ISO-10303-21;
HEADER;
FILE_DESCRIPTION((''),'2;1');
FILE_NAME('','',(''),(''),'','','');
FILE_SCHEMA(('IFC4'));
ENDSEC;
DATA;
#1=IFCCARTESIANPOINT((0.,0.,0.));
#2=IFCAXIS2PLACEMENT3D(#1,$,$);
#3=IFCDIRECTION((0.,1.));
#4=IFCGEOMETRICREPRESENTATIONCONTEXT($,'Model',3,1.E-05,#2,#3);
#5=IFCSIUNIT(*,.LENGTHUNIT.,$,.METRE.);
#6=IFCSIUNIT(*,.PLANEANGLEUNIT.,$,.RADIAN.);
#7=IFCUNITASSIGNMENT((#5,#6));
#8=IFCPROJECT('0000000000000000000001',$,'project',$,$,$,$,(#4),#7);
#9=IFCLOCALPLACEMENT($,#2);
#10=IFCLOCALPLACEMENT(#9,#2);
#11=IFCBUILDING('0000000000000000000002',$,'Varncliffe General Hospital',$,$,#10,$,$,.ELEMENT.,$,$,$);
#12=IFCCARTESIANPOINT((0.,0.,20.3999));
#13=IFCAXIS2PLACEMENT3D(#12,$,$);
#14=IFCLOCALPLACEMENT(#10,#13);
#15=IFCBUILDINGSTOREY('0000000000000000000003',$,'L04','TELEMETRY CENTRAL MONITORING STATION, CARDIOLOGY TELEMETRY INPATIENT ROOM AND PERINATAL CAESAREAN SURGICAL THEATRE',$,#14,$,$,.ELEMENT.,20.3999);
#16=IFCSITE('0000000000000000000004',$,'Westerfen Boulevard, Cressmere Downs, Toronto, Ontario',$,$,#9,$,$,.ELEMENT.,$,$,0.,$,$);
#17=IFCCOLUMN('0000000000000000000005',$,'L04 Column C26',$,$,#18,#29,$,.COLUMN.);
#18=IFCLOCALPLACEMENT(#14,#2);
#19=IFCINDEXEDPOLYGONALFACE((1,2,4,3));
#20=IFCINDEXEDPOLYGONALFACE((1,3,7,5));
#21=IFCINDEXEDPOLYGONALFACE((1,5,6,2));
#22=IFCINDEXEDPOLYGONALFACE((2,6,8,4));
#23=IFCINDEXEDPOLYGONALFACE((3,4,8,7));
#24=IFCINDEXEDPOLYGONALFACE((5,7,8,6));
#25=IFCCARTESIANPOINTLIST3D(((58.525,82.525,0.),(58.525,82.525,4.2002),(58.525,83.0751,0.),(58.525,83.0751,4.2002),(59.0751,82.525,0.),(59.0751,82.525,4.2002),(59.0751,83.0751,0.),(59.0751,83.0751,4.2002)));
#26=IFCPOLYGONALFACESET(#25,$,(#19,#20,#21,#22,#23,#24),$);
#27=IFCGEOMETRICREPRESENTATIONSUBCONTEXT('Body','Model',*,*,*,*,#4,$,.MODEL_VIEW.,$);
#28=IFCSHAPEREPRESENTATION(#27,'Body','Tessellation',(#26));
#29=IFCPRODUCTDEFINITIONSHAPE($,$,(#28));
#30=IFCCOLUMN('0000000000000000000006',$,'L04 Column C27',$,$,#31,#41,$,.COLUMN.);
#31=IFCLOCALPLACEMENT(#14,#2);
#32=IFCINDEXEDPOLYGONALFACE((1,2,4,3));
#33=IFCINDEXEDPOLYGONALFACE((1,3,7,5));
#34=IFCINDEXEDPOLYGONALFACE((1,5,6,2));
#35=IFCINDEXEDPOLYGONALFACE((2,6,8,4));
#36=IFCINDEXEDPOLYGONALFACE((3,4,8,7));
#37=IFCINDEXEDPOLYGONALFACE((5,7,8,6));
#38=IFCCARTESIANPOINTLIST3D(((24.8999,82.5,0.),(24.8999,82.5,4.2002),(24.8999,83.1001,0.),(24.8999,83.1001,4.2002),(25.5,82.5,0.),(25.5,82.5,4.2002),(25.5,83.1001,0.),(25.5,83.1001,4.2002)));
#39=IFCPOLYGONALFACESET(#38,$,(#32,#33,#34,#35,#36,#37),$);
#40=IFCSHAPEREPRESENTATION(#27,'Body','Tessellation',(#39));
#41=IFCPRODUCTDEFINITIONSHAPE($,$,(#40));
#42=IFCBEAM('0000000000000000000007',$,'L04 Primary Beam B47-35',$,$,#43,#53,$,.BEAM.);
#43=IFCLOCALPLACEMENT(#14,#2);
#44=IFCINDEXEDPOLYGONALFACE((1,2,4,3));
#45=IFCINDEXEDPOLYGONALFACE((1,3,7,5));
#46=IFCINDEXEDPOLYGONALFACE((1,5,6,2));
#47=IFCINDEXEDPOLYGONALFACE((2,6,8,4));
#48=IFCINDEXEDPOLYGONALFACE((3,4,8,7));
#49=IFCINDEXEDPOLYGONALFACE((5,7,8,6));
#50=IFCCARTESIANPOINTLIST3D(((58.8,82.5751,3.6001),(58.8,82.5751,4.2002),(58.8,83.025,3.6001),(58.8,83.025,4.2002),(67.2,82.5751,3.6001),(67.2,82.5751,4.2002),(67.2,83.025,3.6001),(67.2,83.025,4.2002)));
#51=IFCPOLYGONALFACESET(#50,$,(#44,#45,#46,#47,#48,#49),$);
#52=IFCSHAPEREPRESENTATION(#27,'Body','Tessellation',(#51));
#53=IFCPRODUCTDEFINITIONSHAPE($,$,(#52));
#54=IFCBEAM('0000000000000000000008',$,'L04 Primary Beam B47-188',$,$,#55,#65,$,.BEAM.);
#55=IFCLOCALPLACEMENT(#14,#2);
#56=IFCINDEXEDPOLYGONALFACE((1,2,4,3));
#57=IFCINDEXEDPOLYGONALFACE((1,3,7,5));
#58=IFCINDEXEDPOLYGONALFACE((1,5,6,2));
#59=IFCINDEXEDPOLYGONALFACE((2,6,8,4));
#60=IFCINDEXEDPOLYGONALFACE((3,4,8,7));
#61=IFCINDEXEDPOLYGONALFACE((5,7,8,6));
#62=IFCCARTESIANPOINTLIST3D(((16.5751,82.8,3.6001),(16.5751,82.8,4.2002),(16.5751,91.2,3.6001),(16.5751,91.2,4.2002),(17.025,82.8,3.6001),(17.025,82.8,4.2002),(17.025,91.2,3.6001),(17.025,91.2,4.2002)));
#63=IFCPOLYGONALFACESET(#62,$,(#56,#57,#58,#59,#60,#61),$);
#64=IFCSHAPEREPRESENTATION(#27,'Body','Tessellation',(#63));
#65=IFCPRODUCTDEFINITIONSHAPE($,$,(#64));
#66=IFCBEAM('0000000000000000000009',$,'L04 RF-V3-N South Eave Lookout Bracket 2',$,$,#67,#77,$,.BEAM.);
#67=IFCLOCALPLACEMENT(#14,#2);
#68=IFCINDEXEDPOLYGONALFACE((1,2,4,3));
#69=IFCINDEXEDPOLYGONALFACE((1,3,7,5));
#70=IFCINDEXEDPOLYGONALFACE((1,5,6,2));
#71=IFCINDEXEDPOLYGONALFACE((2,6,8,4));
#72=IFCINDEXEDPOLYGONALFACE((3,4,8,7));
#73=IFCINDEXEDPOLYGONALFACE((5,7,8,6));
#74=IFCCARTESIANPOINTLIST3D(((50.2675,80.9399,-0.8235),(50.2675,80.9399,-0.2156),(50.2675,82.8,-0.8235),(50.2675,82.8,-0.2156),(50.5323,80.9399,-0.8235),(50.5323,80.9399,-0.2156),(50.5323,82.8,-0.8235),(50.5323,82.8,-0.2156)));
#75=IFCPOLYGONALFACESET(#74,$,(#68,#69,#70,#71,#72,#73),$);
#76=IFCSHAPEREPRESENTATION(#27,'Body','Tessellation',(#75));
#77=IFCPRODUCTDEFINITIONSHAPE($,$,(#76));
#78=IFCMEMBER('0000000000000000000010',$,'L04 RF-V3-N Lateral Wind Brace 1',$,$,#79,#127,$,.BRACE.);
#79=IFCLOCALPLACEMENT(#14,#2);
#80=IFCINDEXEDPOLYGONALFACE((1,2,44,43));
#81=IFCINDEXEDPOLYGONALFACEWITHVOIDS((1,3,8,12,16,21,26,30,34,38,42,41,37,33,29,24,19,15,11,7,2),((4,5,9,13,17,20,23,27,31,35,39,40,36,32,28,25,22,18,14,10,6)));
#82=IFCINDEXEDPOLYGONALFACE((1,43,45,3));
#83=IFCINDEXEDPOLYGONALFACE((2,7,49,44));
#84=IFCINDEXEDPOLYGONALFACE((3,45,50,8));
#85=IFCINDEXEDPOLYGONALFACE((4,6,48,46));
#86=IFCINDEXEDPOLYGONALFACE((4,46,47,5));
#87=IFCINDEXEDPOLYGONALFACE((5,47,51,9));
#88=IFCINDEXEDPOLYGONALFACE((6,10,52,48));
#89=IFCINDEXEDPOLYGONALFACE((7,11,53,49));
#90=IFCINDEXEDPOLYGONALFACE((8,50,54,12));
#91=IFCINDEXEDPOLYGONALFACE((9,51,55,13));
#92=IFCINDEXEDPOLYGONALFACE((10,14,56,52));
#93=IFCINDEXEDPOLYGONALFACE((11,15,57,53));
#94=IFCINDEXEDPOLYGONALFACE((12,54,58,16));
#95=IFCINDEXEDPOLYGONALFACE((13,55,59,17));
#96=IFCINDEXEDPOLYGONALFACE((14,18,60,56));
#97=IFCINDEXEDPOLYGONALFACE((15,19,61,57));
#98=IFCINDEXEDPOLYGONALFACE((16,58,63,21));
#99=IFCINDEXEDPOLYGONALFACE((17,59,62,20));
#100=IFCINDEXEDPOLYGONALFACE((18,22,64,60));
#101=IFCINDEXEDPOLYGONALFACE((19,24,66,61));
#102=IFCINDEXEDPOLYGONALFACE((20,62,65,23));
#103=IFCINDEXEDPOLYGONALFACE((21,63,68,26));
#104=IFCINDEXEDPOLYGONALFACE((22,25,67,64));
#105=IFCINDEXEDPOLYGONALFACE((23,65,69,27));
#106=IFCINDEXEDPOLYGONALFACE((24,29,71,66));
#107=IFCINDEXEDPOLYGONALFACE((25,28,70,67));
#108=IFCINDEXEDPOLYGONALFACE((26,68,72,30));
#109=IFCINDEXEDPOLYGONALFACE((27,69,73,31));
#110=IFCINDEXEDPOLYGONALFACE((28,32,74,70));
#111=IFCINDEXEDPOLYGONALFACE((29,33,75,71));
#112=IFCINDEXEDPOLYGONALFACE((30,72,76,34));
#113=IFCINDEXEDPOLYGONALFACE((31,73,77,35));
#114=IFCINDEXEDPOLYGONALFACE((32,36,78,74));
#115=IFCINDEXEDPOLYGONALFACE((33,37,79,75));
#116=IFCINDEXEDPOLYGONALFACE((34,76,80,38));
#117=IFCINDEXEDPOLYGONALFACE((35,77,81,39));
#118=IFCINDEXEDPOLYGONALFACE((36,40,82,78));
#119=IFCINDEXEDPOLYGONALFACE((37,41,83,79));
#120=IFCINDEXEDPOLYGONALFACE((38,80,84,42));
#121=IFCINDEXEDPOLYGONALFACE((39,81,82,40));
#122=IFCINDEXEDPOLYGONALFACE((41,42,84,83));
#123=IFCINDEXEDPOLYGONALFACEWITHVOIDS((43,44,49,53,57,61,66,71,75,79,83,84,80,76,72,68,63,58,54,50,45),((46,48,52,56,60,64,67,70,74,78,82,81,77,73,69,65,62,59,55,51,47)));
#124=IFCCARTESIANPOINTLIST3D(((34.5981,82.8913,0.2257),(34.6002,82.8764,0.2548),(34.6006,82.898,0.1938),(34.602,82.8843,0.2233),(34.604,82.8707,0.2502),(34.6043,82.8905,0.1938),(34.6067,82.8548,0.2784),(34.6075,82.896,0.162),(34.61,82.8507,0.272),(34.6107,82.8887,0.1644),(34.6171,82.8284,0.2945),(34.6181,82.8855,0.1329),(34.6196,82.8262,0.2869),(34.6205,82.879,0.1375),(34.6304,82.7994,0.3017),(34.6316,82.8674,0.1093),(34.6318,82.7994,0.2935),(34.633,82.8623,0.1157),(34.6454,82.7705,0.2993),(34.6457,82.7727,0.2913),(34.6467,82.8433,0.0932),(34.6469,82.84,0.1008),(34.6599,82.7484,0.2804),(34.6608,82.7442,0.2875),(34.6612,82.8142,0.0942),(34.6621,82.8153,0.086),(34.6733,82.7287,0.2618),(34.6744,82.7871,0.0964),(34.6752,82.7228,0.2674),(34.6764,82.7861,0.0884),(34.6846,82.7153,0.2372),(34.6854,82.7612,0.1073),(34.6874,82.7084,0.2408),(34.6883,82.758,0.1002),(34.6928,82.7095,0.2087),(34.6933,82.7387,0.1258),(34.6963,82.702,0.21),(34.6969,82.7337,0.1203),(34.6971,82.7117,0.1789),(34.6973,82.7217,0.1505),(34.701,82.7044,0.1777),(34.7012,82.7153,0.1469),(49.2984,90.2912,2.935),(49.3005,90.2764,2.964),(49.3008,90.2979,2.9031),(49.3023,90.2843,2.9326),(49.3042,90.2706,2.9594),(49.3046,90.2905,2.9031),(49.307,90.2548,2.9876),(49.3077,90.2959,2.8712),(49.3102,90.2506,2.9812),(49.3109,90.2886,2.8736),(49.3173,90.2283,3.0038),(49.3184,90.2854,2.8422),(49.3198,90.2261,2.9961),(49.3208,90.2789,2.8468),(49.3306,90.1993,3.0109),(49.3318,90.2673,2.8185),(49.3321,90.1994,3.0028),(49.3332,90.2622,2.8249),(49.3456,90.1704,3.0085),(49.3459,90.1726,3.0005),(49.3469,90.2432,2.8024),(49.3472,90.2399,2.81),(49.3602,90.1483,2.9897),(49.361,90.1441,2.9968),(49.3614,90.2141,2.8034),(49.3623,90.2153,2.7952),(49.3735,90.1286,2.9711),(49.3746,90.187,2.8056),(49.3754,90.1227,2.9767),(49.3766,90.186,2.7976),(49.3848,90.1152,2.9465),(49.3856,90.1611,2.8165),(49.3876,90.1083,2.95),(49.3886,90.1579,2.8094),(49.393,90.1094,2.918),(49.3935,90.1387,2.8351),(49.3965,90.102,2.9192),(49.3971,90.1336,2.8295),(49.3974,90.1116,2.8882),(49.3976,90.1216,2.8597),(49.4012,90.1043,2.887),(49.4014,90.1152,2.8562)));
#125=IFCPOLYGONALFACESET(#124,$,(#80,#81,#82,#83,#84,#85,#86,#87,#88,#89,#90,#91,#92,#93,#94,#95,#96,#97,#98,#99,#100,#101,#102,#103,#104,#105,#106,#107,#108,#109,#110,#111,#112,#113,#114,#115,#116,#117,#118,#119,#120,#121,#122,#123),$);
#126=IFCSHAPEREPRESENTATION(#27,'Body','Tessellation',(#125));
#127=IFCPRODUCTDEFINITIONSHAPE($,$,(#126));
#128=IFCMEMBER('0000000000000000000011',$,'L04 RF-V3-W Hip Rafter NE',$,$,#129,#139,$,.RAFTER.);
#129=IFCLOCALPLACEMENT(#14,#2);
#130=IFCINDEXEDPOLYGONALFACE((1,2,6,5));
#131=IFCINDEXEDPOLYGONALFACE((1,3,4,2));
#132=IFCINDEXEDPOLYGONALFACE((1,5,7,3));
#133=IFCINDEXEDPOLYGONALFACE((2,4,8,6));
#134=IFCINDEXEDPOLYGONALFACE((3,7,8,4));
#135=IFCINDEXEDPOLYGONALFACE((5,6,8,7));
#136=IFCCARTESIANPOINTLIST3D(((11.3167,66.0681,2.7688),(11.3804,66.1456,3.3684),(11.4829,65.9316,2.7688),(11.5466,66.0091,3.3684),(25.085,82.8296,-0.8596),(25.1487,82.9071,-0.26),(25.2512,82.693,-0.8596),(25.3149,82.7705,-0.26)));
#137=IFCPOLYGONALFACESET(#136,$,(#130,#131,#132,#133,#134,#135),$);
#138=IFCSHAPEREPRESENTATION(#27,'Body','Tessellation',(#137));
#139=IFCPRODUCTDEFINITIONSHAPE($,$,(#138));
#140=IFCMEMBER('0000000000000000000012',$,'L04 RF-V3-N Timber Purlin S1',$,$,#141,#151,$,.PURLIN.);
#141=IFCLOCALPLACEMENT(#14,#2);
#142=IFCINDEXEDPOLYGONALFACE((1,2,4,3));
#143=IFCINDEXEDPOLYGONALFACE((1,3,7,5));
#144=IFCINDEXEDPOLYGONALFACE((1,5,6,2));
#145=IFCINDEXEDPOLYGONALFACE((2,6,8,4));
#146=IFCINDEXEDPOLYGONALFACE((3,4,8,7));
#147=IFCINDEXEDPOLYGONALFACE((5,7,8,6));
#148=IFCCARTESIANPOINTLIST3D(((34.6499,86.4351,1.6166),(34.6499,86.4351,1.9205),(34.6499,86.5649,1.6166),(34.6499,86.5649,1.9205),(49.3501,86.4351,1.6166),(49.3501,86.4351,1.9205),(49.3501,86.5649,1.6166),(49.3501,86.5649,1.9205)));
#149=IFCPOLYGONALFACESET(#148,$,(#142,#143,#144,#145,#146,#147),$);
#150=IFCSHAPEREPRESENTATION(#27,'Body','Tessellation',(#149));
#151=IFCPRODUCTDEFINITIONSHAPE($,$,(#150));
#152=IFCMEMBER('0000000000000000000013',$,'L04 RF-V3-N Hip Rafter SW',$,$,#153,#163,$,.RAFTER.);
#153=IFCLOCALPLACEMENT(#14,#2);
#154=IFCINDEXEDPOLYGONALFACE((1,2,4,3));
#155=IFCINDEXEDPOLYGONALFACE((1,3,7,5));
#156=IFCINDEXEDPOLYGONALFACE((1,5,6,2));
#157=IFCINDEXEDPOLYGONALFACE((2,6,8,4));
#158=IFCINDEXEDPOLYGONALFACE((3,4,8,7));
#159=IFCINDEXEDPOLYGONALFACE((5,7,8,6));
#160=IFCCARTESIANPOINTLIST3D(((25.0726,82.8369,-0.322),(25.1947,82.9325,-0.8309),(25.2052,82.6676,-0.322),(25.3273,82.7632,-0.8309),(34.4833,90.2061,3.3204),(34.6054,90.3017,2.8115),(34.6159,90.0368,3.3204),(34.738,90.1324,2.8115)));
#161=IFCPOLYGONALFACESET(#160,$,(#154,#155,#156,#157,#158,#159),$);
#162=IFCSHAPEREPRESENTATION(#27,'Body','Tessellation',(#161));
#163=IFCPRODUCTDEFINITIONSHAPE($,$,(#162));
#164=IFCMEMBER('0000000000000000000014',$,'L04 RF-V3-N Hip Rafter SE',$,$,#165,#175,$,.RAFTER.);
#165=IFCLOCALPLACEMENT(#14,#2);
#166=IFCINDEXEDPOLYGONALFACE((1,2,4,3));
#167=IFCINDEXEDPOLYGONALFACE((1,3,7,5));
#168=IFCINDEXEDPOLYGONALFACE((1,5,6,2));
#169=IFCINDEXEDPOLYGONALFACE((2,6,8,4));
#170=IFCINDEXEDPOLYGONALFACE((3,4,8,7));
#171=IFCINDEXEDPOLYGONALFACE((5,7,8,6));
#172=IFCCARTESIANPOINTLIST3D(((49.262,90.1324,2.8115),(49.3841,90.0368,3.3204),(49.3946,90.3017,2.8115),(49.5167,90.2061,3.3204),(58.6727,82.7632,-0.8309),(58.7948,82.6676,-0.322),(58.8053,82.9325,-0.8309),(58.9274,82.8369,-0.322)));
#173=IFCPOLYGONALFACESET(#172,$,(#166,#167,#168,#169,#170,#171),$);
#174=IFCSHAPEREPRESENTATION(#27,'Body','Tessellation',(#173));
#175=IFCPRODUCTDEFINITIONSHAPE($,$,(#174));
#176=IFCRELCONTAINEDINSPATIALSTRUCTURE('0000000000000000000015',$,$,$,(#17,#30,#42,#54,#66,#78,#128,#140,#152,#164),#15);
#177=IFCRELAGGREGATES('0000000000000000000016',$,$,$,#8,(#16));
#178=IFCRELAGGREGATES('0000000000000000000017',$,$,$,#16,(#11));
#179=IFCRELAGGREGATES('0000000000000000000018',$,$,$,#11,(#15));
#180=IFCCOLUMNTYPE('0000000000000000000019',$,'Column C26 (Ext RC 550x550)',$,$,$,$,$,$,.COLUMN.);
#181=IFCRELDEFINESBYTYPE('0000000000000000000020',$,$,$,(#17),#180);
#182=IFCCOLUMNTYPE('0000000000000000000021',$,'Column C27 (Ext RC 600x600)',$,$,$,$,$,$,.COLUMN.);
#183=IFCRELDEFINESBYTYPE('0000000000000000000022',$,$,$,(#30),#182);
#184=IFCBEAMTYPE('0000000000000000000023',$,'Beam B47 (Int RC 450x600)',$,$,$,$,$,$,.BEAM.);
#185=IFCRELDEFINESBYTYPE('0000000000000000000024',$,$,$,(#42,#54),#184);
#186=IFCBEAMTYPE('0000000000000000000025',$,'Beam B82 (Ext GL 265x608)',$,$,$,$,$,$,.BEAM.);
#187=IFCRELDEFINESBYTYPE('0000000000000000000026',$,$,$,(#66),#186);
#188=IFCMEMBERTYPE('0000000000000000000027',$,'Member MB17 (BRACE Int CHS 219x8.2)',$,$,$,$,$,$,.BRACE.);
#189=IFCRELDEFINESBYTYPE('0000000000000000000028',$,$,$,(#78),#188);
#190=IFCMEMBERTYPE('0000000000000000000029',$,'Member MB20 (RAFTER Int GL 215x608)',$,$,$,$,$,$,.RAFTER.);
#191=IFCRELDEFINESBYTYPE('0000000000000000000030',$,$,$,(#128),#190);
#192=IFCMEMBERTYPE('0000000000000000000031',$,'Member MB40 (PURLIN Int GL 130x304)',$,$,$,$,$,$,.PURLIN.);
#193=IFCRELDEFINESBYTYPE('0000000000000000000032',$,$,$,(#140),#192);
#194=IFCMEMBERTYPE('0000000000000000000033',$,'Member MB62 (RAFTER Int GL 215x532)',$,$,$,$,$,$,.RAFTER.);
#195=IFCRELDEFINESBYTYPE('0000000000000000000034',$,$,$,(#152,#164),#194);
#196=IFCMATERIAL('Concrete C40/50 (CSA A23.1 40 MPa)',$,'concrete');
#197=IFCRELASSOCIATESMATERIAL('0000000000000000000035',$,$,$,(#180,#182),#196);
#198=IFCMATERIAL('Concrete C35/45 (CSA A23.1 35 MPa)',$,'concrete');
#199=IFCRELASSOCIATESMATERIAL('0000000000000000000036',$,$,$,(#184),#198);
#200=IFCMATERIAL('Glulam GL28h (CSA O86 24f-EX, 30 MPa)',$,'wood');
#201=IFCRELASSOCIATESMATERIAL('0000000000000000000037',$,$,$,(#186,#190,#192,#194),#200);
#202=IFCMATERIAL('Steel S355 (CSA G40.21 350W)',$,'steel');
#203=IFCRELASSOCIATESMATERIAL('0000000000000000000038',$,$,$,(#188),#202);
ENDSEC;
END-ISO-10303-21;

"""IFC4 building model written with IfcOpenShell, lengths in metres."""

from ifc_helpers import new_model, si_unit, direction, frame, origin, origin_2d, place, context, subcontext, project, spatial, rectangle, hollow_circle, extrude, material, material_profile, profile_set, type_object, element, save


model = new_model("IFC4")

# Units and contexts
model_context = context("Model", 3, precision=1e-05, world=origin(), true_north=direction((0.0, 1.0)))
body_context = subcontext(model_context, "Body", "Model", "MODEL_VIEW")
ifc_project = project(units=[si_unit("LENGTHUNIT", "METRE"), si_unit("PLANEANGLEUNIT", "RADIAN")], contexts=[model_context])

# Site, building, storey
site_placement = place(None, origin())
site = spatial("IfcSite", under=ifc_project, at=site_placement, Name="Westerfen Boulevard, Cressmere Downs, Toronto, Ontario", CompositionType="ELEMENT", RefElevation=0.0)
building_placement = place(site_placement, origin())
building = spatial("IfcBuilding", under=site, at=building_placement, Name="Varncliffe General Hospital", CompositionType="ELEMENT")
storey_placement = place(building_placement, frame((0.0, 0.0, 20.3999)))
storey = spatial("IfcBuildingStorey", under=building, at=storey_placement, Name="L04", Description="TELEMETRY CENTRAL MONITORING STATION, CARDIOLOGY TELEMETRY INPATIENT ROOM AND PERINATAL CAESAREAN SURGICAL THEATRE", CompositionType="ELEMENT", Elevation=20.3999)

# Columns
ifc_material_1 = material(Name="Concrete C40/50 (CSA A23.1 40 MPa)", Category="concrete")
ifc_material_profile_1 = material_profile(ifc_material_1, rectangle(XDim=0.55, YDim=0.55, at=origin_2d()), Name="RC 550x550")
ifc_profile_set_1 = profile_set([ifc_material_profile_1], Name="Concrete C40/50 (CSA A23.1 40 MPa)")
column_type_1 = type_object("IfcColumnType", Name="Column C26 (Ext RC 550x550)", PredefinedType="COLUMN", material=ifc_profile_set_1)
column_1_placement = place(storey_placement, frame((58.8, 82.8, 0.0), z_axis=(0.0, 0.0, 1.0), x_axis=(1.0, 0.0, 0.0)))
element("IfcColumn", 1, at=column_1_placement, inside=storey, type_object=column_type_1, Name="L04 Column C26", PredefinedType="COLUMN", context=body_context, shape_type="SweptSolid", body=[
    extrude(rectangle(XDim=0.55, YDim=0.55, at=origin_2d()), origin(), (0.0, 0.0, 1.0), 4.2002),
])
ifc_material_profile_2 = material_profile(ifc_material_1, rectangle(XDim=0.6001, YDim=0.6001, at=origin_2d()), Name="RC 600x600")
ifc_profile_set_2 = profile_set([ifc_material_profile_2], Name="Concrete C40/50 (CSA A23.1 40 MPa)")
column_type_2 = type_object("IfcColumnType", Name="Column C27 (Ext RC 600x600)", PredefinedType="COLUMN", material=ifc_profile_set_2)
column_2_placement = place(storey_placement, frame((25.2, 82.8, 0.0), z_axis=(0.0, 0.0, 1.0), x_axis=(1.0, 0.0, 0.0)))
element("IfcColumn", 2, at=column_2_placement, inside=storey, type_object=column_type_2, Name="L04 Column C27", PredefinedType="COLUMN", context=body_context, shape_type="SweptSolid", body=[
    extrude(rectangle(XDim=0.6001, YDim=0.6001, at=origin_2d()), origin(), (0.0, 0.0, 1.0), 4.2002),
])

# Beams
ifc_material_2 = material(Name="Concrete C35/45 (CSA A23.1 35 MPa)", Category="concrete")
ifc_material_profile_3 = material_profile(ifc_material_2, rectangle(XDim=0.45, YDim=0.6001, at=origin_2d()), Name="RC 450x600")
ifc_profile_set_3 = profile_set([ifc_material_profile_3], Name="Concrete C35/45 (CSA A23.1 35 MPa)")
beam_type_1 = type_object("IfcBeamType", Name="Beam B47 (Int RC 450x600)", PredefinedType="BEAM", material=ifc_profile_set_3)
for number, where, z_axis, x_axis, name in (
    (3, (58.8, 82.8, 3.9001), (1.0, 0.0, 0.0), (0.0, 1.0, 0.0), "L04 Primary Beam B47-35"),
    (4, (16.8, 82.8, 3.9001), (0.0, 1.0, 0.0), (-1.0, 0.0, 0.0), "L04 Primary Beam B47-188"),
):
    element("IfcBeam", number, at=place(storey_placement, frame(where, z_axis=z_axis, x_axis=x_axis)), inside=storey, type_object=beam_type_1, Name=name, PredefinedType="BEAM", context=body_context, shape_type="SweptSolid", body=[
        extrude(rectangle(XDim=0.45, YDim=0.6001, at=origin_2d()), origin(), (0.0, 0.0, 1.0), 8.3999),
    ])
ifc_material_3 = material(Name="Glulam GL28h (CSA O86 24f-EX, 30 MPa)", Category="wood")
ifc_material_profile_4 = material_profile(ifc_material_3, rectangle(XDim=0.2649, YDim=0.6079, at=origin_2d()), Name="GL 265x608")
ifc_profile_set_4 = profile_set([ifc_material_profile_4], Name="Glulam GL28h (CSA O86 24f-EX, 30 MPa)")
beam_type_2 = type_object("IfcBeamType", Name="Beam B82 (Ext GL 265x608)", PredefinedType="BEAM", material=ifc_profile_set_4)
beam_placement = place(storey_placement, frame((50.3999, 80.9399, -0.5195), z_axis=(0.0, 1.0, 0.0), x_axis=(-1.0, 0.0, 0.0)))
element("IfcBeam", 5, at=beam_placement, inside=storey, type_object=beam_type_2, Name="L04 RF-V3-N South Eave Lookout Bracket 2", PredefinedType="BEAM", context=body_context, shape_type="SweptSolid", body=[
    extrude(rectangle(XDim=0.2649, YDim=0.6079, at=origin_2d()), origin(), (0.0, 0.0, 1.0), 1.8601),
])

# Members
ifc_material_4 = material(Name="Steel S355 (CSA G40.21 350W)", Category="steel")
ifc_material_profile_5 = material_profile(ifc_material_4, hollow_circle(Radius=0.1096, WallThickness=0.0083, at=origin_2d()), Name="CHS 219x8.2")
ifc_profile_set_5 = profile_set([ifc_material_profile_5], Name="Steel S355 (CSA G40.21 350W)")
member_type_1 = type_object("IfcMemberType", Name="Member MB17 (BRACE Int CHS 219x8.2)", PredefinedType="BRACE", material=ifc_profile_set_5)
member_1_placement = place(storey_placement, frame((34.6499, 82.8, 0.1938), z_axis=(0.881351, 0.443662, 0.162432), x_axis=(-0.449633, 0.893213, 0.0)))
element("IfcMember", 6, at=member_1_placement, inside=storey, type_object=member_type_1, Name="L04 RF-V3-N Lateral Wind Brace 1", PredefinedType="BRACE", context=body_context, shape_type="SweptSolid", body=[
    extrude(hollow_circle(Radius=0.1096, WallThickness=0.0083, at=origin_2d()), origin(), (0.0, 0.0, 1.0), 16.6792),
])
ifc_material_profile_6 = material_profile(ifc_material_3, rectangle(XDim=0.2151, YDim=0.6079, at=origin_2d()), Name="GL 215x608")
ifc_profile_set_6 = profile_set([ifc_material_profile_6], Name="Glulam GL28h (CSA O86 24f-EX, 30 MPa)")
member_type_2 = type_object("IfcMemberType", Name="Member MB20 (RAFTER Int GL 215x608)", PredefinedType="RAFTER", material=ifc_profile_set_6)
member_2_placement = place(storey_placement, frame((25.2, 82.8, -0.5598), z_axis=(-0.62604, -0.762138, 0.164983), x_axis=(0.772727, -0.634738, 0.0)))
element("IfcMember", 7, at=member_2_placement, inside=storey, type_object=member_type_2, Name="L04 RF-V3-W Hip Rafter NE", PredefinedType="RAFTER", context=body_context, shape_type="SweptSolid", body=[
    extrude(rectangle(XDim=0.2151, YDim=0.6079, at=origin_2d()), origin(), (0.0, 0.0, 1.0), 21.9927),
])
ifc_material_profile_7 = material_profile(ifc_material_3, rectangle(XDim=0.1299, YDim=0.304, at=origin_2d()), Name="GL 130x304")
ifc_profile_set_7 = profile_set([ifc_material_profile_7], Name="Glulam GL28h (CSA O86 24f-EX, 30 MPa)")
member_type_3 = type_object("IfcMemberType", Name="Member MB40 (PURLIN Int GL 130x304)", PredefinedType="PURLIN", material=ifc_profile_set_7)
member_3_placement = place(storey_placement, frame((34.6499, 86.5, 1.7686), z_axis=(1.0, 0.0, 0.0), x_axis=(0.0, 1.0, 0.0)))
element("IfcMember", 8, at=member_3_placement, inside=storey, type_object=member_type_3, Name="L04 RF-V3-N Timber Purlin S1", PredefinedType="PURLIN", context=body_context, shape_type="SweptSolid", body=[
    extrude(rectangle(XDim=0.1299, YDim=0.304, at=origin_2d()), origin(), (0.0, 0.0, 1.0), 14.7002),
])
ifc_material_profile_8 = material_profile(ifc_material_3, rectangle(XDim=0.2151, YDim=0.532, at=origin_2d()), Name="GL 215x532")
ifc_profile_set_8 = profile_set([ifc_material_profile_8], Name="Glulam GL28h (CSA O86 24f-EX, 30 MPa)")
member_type_4 = type_object("IfcMemberType", Name="Member MB62 (RAFTER Int GL 215x532)", PredefinedType="RAFTER", material=ifc_profile_set_8)
for number, where, z_axis, x_axis, name in (
    (9, (25.2, 82.8, -0.5764), (0.753138, 0.589756, 0.291498), (-0.616531, 0.787331, 0.0), "L04 RF-V3-N Hip Rafter SW"),
    (10, (58.8, 82.8, -0.5764), (-0.753138, 0.589756, 0.291498), (-0.616531, -0.787331, 0.0), "L04 RF-V3-N Hip Rafter SE"),
):
    element("IfcMember", number, at=place(storey_placement, frame(where, z_axis=z_axis, x_axis=x_axis)), inside=storey, type_object=member_type_4, Name=name, PredefinedType="RAFTER", context=body_context, shape_type="SweptSolid", body=[
        extrude(rectangle(XDim=0.2151, YDim=0.532, at=origin_2d()), origin(), (0.0, 0.0, 1.0), 12.4954),
    ])

save(model, "model.ifc")
